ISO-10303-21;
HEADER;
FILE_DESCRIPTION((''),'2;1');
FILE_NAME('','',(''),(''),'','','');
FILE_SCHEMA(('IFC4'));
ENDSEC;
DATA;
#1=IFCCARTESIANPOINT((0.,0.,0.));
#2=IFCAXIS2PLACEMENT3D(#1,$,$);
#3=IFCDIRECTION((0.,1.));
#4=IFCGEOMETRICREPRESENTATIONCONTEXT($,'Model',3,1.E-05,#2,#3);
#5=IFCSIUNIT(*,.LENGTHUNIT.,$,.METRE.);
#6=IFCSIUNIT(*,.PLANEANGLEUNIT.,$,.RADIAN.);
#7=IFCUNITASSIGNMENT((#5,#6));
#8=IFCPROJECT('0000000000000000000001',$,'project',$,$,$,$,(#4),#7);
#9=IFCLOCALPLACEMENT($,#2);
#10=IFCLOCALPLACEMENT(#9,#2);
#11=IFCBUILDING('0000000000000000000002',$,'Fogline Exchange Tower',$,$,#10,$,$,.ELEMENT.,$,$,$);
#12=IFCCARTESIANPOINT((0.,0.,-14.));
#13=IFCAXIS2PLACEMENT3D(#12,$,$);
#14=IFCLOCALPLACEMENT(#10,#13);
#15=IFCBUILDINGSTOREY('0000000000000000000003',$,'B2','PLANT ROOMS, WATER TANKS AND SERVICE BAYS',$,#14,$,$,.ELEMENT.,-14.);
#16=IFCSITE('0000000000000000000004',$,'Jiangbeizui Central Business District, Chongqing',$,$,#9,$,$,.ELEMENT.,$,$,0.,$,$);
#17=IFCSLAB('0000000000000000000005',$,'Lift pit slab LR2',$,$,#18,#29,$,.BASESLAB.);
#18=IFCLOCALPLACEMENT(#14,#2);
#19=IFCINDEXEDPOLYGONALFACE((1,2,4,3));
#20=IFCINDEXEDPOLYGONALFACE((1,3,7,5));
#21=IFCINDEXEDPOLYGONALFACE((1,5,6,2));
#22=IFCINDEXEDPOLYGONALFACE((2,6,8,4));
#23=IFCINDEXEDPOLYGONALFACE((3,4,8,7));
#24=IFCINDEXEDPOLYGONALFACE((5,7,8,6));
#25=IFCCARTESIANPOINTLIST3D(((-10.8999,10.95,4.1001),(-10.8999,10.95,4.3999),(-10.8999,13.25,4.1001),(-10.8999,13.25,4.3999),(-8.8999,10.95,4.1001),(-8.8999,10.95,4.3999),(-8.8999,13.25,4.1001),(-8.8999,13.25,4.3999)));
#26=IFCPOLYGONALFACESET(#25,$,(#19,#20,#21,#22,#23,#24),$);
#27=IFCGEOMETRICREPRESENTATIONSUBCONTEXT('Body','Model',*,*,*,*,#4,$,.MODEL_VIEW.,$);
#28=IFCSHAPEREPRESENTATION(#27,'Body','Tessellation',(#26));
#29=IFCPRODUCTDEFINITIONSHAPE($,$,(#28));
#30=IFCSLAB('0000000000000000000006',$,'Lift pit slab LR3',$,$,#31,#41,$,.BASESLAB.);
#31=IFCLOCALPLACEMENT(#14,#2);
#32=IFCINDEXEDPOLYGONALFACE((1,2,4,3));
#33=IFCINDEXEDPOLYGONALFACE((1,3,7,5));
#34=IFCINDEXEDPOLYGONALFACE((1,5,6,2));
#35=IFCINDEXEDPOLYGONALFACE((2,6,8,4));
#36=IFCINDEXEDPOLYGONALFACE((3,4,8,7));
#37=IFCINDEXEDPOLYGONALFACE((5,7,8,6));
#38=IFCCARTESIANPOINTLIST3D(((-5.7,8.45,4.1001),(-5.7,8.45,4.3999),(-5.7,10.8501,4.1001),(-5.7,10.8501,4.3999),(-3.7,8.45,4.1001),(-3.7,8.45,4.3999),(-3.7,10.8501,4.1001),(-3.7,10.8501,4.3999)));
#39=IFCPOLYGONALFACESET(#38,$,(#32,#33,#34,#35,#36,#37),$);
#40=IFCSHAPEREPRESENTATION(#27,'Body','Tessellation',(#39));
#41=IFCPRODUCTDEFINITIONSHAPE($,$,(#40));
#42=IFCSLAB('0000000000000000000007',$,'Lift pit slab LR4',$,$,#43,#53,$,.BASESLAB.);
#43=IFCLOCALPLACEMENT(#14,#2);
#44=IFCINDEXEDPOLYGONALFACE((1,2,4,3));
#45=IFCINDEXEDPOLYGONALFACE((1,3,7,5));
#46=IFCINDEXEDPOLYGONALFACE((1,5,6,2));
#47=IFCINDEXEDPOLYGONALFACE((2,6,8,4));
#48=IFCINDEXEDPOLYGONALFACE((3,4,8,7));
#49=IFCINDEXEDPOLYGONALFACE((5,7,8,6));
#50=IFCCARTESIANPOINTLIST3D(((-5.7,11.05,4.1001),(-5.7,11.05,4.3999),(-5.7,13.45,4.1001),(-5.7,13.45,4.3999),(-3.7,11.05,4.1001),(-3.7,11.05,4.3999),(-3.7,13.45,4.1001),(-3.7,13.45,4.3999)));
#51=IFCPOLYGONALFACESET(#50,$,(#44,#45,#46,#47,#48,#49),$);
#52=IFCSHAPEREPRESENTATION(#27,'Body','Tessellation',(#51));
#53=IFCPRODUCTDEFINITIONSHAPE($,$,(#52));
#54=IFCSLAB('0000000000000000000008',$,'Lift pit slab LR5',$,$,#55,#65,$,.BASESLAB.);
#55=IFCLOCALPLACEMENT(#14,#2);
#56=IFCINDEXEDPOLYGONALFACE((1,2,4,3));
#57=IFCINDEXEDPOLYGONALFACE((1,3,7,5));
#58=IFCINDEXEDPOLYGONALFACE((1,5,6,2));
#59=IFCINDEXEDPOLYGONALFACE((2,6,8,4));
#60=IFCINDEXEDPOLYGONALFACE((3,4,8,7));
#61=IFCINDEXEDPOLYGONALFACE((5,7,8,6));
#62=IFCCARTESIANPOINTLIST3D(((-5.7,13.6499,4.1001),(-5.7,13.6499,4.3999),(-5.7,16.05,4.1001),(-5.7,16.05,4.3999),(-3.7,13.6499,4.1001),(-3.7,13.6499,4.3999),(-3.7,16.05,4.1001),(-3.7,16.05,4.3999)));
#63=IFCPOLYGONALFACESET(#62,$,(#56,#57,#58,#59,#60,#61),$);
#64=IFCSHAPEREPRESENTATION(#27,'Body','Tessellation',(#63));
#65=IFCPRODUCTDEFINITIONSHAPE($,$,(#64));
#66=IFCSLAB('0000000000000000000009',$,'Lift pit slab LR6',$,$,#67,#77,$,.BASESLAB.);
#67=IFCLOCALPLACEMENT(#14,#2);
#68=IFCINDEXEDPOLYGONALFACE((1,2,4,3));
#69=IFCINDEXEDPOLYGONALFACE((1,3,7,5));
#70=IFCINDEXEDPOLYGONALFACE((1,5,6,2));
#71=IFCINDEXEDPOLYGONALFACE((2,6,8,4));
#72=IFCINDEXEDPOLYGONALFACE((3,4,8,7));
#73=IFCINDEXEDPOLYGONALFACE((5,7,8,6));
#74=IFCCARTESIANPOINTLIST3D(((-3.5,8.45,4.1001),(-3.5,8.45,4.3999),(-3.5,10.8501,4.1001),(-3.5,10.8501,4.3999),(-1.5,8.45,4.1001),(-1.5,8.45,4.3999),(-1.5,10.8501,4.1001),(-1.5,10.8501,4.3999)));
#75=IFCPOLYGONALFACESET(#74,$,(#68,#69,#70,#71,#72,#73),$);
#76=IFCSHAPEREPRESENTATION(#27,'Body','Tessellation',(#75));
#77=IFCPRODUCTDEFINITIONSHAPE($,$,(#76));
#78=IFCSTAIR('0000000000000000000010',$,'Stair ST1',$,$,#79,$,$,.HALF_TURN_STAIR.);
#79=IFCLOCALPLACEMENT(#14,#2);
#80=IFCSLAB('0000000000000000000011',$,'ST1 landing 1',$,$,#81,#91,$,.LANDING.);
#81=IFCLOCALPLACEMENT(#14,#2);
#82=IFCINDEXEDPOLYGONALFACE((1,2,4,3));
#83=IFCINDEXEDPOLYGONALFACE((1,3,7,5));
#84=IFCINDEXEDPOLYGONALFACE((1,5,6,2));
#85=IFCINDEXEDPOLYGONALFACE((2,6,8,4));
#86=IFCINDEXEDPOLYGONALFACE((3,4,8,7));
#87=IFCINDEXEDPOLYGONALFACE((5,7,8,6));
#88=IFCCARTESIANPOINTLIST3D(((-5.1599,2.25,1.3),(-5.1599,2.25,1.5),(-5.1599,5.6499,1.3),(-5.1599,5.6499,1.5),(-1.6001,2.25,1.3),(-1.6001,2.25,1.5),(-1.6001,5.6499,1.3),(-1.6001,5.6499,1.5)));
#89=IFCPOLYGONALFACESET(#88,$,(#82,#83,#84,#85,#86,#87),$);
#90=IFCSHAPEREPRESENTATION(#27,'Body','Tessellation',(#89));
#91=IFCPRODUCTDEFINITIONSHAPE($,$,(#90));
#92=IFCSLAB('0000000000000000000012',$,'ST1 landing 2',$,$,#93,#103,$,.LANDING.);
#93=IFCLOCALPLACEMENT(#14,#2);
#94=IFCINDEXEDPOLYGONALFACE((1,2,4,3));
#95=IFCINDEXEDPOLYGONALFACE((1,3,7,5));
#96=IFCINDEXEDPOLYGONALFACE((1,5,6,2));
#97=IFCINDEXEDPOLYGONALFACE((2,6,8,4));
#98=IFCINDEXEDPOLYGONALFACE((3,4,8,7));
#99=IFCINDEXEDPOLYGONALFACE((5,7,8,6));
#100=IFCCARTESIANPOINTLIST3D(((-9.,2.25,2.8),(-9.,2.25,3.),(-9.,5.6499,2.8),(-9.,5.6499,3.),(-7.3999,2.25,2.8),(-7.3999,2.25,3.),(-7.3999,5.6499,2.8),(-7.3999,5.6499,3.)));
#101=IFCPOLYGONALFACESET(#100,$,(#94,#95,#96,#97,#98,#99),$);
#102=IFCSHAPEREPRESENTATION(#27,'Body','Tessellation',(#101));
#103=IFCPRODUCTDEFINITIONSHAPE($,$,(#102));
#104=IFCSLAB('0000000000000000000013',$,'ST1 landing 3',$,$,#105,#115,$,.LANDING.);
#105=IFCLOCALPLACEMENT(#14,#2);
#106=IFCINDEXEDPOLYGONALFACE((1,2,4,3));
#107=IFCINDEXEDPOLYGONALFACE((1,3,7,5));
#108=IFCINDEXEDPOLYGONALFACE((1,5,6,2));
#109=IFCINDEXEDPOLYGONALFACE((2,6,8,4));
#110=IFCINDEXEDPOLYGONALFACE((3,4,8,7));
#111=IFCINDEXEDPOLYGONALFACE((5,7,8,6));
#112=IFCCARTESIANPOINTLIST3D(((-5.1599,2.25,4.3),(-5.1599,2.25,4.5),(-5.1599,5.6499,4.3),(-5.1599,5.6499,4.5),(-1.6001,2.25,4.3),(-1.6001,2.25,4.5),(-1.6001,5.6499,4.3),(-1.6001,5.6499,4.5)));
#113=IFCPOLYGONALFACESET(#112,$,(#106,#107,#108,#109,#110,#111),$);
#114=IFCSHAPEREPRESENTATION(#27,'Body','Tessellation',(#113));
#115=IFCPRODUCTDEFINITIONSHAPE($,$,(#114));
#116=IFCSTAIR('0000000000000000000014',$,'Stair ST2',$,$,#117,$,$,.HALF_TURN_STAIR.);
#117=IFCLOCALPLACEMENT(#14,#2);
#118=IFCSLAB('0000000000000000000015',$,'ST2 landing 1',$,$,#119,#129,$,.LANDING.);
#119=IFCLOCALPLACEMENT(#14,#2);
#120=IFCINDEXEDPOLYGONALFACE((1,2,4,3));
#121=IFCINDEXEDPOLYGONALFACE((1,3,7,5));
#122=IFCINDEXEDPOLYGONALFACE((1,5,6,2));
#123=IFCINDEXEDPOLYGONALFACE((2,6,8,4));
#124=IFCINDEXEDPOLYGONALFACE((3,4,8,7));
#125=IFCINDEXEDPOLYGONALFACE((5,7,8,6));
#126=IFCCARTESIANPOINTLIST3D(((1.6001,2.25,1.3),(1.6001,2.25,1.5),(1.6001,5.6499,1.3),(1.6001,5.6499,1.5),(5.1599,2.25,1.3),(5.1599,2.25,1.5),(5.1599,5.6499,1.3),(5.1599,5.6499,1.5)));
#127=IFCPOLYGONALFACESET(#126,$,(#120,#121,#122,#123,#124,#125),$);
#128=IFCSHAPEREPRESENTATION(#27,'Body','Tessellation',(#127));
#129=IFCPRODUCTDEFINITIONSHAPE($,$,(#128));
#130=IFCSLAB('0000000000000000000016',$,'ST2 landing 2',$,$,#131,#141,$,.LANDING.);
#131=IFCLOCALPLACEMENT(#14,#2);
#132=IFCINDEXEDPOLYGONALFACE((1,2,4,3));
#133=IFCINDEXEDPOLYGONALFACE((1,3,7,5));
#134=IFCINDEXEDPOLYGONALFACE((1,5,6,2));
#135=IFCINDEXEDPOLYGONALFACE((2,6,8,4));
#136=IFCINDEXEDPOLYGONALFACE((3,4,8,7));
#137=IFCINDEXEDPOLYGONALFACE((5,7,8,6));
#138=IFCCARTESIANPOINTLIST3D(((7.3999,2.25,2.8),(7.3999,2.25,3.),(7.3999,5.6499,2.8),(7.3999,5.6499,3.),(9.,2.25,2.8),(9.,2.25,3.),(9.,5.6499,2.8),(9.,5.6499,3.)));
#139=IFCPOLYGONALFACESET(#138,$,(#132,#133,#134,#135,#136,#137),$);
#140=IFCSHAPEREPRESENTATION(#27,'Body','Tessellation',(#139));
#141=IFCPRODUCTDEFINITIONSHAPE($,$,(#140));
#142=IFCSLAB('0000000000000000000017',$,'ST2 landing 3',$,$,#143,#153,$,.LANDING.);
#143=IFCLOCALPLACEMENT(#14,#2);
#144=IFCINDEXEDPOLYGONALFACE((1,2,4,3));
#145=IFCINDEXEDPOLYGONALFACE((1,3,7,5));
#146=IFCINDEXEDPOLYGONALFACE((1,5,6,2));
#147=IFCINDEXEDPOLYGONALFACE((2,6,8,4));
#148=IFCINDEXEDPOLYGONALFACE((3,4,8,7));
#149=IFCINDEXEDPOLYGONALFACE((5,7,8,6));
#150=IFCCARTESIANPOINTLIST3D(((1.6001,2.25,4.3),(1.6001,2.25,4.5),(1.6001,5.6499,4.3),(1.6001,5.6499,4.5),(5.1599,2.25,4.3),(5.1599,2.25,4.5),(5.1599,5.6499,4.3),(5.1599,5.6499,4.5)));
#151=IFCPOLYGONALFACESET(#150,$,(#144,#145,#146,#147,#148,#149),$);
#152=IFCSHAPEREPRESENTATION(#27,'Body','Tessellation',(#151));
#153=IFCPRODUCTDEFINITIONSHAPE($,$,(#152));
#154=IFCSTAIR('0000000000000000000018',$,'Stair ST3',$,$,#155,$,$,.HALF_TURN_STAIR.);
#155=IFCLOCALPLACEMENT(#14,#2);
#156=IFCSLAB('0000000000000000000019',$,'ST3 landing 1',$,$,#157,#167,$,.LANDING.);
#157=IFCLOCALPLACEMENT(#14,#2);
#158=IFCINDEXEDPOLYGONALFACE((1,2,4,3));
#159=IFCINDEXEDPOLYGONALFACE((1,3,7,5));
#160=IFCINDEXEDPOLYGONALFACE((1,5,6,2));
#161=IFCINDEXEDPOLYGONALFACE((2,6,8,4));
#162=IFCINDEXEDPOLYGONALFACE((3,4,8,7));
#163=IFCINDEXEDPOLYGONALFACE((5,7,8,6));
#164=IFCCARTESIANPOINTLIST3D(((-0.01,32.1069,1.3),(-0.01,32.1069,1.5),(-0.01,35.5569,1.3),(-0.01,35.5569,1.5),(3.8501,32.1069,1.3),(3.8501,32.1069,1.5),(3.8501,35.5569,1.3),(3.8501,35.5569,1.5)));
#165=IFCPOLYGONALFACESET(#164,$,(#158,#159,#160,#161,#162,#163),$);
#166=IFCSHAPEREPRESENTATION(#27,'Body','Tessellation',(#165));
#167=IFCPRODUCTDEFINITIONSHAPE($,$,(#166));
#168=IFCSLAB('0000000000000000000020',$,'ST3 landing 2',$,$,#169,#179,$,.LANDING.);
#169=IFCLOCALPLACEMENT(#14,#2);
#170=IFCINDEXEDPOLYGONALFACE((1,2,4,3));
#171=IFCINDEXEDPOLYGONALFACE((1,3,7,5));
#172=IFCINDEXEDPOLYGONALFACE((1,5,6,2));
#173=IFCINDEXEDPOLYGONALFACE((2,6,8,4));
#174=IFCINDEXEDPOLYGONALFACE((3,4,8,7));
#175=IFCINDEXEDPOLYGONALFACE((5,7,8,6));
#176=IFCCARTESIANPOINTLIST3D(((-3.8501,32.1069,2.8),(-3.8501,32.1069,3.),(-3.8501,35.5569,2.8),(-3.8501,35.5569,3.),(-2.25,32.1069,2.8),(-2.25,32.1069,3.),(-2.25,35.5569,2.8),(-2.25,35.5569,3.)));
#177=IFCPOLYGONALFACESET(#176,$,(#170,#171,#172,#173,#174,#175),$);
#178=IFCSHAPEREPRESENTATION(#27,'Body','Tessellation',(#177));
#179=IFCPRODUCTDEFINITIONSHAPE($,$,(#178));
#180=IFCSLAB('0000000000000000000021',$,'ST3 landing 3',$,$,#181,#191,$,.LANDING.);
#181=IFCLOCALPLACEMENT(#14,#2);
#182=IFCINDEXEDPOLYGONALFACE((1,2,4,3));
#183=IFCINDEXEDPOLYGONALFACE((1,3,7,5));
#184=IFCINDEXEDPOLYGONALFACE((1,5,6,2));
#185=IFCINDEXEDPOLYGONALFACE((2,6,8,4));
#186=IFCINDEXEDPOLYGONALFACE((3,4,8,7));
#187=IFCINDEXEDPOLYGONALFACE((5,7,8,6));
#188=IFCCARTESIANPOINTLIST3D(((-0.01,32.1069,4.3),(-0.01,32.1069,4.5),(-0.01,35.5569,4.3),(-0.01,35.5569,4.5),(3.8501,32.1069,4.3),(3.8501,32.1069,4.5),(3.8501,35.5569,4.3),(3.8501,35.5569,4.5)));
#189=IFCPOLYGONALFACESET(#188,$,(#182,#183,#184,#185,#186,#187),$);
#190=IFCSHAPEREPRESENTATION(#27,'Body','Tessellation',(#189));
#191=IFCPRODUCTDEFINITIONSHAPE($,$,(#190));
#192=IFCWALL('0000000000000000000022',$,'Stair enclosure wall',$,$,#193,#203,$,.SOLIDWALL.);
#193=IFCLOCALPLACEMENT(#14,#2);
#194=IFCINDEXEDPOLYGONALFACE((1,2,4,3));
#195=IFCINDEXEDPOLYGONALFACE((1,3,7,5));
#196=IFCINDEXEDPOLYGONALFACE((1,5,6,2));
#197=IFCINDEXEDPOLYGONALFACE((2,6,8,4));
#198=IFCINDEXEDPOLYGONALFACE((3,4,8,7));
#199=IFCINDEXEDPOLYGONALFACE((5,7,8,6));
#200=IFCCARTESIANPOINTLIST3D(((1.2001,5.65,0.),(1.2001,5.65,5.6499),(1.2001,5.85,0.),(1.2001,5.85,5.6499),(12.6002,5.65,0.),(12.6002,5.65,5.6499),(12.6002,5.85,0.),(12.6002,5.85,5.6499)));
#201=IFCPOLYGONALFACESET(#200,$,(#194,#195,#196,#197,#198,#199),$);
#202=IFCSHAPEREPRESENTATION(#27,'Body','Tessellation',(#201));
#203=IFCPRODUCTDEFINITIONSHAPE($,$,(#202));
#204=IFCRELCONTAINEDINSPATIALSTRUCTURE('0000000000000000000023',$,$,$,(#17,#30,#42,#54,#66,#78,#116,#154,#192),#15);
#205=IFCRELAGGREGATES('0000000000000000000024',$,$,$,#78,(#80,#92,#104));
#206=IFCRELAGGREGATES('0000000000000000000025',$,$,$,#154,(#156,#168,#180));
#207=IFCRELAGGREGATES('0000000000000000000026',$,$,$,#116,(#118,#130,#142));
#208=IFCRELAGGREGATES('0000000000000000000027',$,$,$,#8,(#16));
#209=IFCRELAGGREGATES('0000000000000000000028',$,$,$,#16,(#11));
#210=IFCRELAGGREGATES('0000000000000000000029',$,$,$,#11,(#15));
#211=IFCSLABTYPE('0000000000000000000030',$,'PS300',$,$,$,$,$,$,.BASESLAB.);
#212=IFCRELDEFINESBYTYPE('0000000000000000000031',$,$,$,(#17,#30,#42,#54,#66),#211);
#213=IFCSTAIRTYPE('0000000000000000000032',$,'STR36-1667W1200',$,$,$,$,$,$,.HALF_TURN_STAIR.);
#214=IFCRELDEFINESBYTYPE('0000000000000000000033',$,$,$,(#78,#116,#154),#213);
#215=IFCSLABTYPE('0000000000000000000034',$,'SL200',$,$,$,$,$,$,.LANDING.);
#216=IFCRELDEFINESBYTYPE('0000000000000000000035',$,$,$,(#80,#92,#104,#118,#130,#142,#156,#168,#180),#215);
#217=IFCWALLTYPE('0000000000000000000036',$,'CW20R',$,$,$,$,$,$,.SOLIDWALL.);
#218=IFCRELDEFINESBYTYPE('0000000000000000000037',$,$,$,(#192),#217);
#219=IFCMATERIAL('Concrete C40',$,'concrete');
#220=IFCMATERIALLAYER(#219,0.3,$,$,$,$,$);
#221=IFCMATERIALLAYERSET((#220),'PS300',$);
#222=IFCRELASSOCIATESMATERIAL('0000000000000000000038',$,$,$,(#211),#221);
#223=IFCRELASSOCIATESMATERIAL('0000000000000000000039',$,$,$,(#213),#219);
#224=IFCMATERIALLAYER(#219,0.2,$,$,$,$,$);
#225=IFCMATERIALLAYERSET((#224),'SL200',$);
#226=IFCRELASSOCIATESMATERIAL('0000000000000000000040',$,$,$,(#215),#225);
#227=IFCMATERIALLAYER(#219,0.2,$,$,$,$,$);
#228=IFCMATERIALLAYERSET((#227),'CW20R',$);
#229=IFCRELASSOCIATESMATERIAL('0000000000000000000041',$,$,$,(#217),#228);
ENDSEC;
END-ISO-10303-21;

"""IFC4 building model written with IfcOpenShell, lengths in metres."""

from ifc_helpers import new_model, si_unit, direction, frame, frame_2d, origin, place, context, subcontext, project, spatial, polyline, rectangle, outline, extrude, material, layer, layer_set, type_object, element, aggregate, save


model = new_model("IFC4")

# Units and contexts
model_context = context("Model", 3, precision=1e-05, world=origin(), true_north=direction((0.0, 1.0)))
body_context = subcontext(model_context, "Body", "Model", "MODEL_VIEW")
ifc_project = project(units=[si_unit("LENGTHUNIT", "METRE"), si_unit("PLANEANGLEUNIT", "RADIAN")], contexts=[model_context])

# Site, building, storey
site_placement = place(None, origin())
site = spatial("IfcSite", under=ifc_project, at=site_placement, Name="Jiangbeizui Central Business District, Chongqing", CompositionType="ELEMENT", RefElevation=0.0)
building_placement = place(site_placement, origin())
building = spatial("IfcBuilding", under=site, at=building_placement, Name="Fogline Exchange Tower", CompositionType="ELEMENT")
storey_placement = place(building_placement, frame((0.0, 0.0, -14.0)))
storey = spatial("IfcBuildingStorey", under=building, at=storey_placement, Name="B2", Description="PLANT ROOMS, WATER TANKS AND SERVICE BAYS", CompositionType="ELEMENT", Elevation=-14.0)

# Shared definitions
ifc_material_1 = material(Name="Concrete C40", Category="concrete")

# Slabs
ifc_layer_1 = layer(ifc_material_1, 0.3)
ifc_layer_set_1 = layer_set([ifc_layer_1], Name="PS300")
slab_type_1 = type_object("IfcSlabType", Name="PS300", PredefinedType="BASESLAB", material=ifc_layer_set_1)
slab_1_placement = place(storey_placement, frame((0.0, 0.0, 4.1001)))
element("IfcSlab", 1, at=slab_1_placement, inside=storey, type_object=slab_type_1, Name="Lift pit slab LR2", PredefinedType="BASESLAB", context=body_context, shape_type="SweptSolid", body=[
    extrude(outline(polyline([(-10.8999, 10.95), (-8.8999, 10.95), (-8.8999, 13.25), (-10.8999, 13.25), (-10.8999, 10.95)])), origin(), (0.0, 0.0, 1.0), 0.2998),
])
slab_2_placement = place(storey_placement, frame((0.0, 0.0, 4.1001)))
element("IfcSlab", 2, at=slab_2_placement, inside=storey, type_object=slab_type_1, Name="Lift pit slab LR3", PredefinedType="BASESLAB", context=body_context, shape_type="SweptSolid", body=[
    extrude(outline(polyline([(-5.7, 8.45), (-3.7, 8.45), (-3.7, 10.8501), (-5.7, 10.8501), (-5.7, 8.45)])), origin(), (0.0, 0.0, 1.0), 0.2998),
])
slab_3_placement = place(storey_placement, frame((0.0, 0.0, 4.1001)))
element("IfcSlab", 3, at=slab_3_placement, inside=storey, type_object=slab_type_1, Name="Lift pit slab LR4", PredefinedType="BASESLAB", context=body_context, shape_type="SweptSolid", body=[
    extrude(outline(polyline([(-5.7, 11.05), (-3.7, 11.05), (-3.7, 13.45), (-5.7, 13.45), (-5.7, 11.05)])), origin(), (0.0, 0.0, 1.0), 0.2998),
])
slab_4_placement = place(storey_placement, frame((0.0, 0.0, 4.1001)))
element("IfcSlab", 4, at=slab_4_placement, inside=storey, type_object=slab_type_1, Name="Lift pit slab LR5", PredefinedType="BASESLAB", context=body_context, shape_type="SweptSolid", body=[
    extrude(outline(polyline([(-5.7, 13.6499), (-3.7, 13.6499), (-3.7, 16.05), (-5.7, 16.05), (-5.7, 13.6499)])), origin(), (0.0, 0.0, 1.0), 0.2998),
])
slab_5_placement = place(storey_placement, frame((0.0, 0.0, 4.1001)))
element("IfcSlab", 5, at=slab_5_placement, inside=storey, type_object=slab_type_1, Name="Lift pit slab LR6", PredefinedType="BASESLAB", context=body_context, shape_type="SweptSolid", body=[
    extrude(outline(polyline([(-3.5, 8.45), (-1.5, 8.45), (-1.5, 10.8501), (-3.5, 10.8501), (-3.5, 8.45)])), origin(), (0.0, 0.0, 1.0), 0.2998),
])

# Stairs, slabs
stair_type = type_object("IfcStairType", Name="STR36-1667W1200", PredefinedType="HALF_TURN_STAIR", material=ifc_material_1)
stair_1_placement = place(storey_placement, origin())
stair_1 = element("IfcStair", 6, at=stair_1_placement, inside=storey, type_object=stair_type, Name="Stair ST1", PredefinedType="HALF_TURN_STAIR")
ifc_layer_2 = layer(ifc_material_1, 0.2)
ifc_layer_set_2 = layer_set([ifc_layer_2], Name="SL200")
slab_type_2 = type_object("IfcSlabType", Name="SL200", PredefinedType="LANDING", material=ifc_layer_set_2)
slab_6_placement = place(storey_placement, frame((0.0, 0.0, 1.3)))
slab_6 = element("IfcSlab", 7, at=slab_6_placement, type_object=slab_type_2, Name="ST1 landing 1", PredefinedType="LANDING", context=body_context, shape_type="SweptSolid", body=[
    extrude(outline(polyline([(-5.1599, 2.25), (-1.6001, 2.25), (-1.6001, 5.6499), (-5.1599, 5.6499), (-5.1599, 2.25)])), origin(), (0.0, 0.0, 1.0), 0.2),
])
slab_7_placement = place(storey_placement, frame((0.0, 0.0, 2.8)))
slab_7 = element("IfcSlab", 8, at=slab_7_placement, type_object=slab_type_2, Name="ST1 landing 2", PredefinedType="LANDING", context=body_context, shape_type="SweptSolid", body=[
    extrude(outline(polyline([(-9.0, 2.25), (-7.3999, 2.25), (-7.3999, 5.6499), (-9.0, 5.6499), (-9.0, 2.25)])), origin(), (0.0, 0.0, 1.0), 0.2),
])
slab_8_placement = place(storey_placement, frame((0.0, 0.0, 4.3)))
slab_8 = element("IfcSlab", 9, at=slab_8_placement, type_object=slab_type_2, Name="ST1 landing 3", PredefinedType="LANDING", context=body_context, shape_type="SweptSolid", body=[
    extrude(outline(polyline([(-5.1599, 2.25), (-1.6001, 2.25), (-1.6001, 5.6499), (-5.1599, 5.6499), (-5.1599, 2.25)])), origin(), (0.0, 0.0, 1.0), 0.2),
])
aggregate(stair_1, [slab_6, slab_7, slab_8])
stair_2_placement = place(storey_placement, origin())
stair_2 = element("IfcStair", 10, at=stair_2_placement, inside=storey, type_object=stair_type, Name="Stair ST2", PredefinedType="HALF_TURN_STAIR")
slab_9_placement = place(storey_placement, frame((0.0, 0.0, 1.3)))
slab_9 = element("IfcSlab", 11, at=slab_9_placement, type_object=slab_type_2, Name="ST2 landing 1", PredefinedType="LANDING", context=body_context, shape_type="SweptSolid", body=[
    extrude(outline(polyline([(1.6001, 2.25), (5.1599, 2.25), (5.1599, 5.6499), (1.6001, 5.6499), (1.6001, 2.25)])), origin(), (0.0, 0.0, 1.0), 0.2),
])
slab_10_placement = place(storey_placement, frame((0.0, 0.0, 2.8)))
slab_10 = element("IfcSlab", 12, at=slab_10_placement, type_object=slab_type_2, Name="ST2 landing 2", PredefinedType="LANDING", context=body_context, shape_type="SweptSolid", body=[
    extrude(outline(polyline([(7.3999, 2.25), (9.0, 2.25), (9.0, 5.6499), (7.3999, 5.6499), (7.3999, 2.25)])), origin(), (0.0, 0.0, 1.0), 0.2),
])
slab_11_placement = place(storey_placement, frame((0.0, 0.0, 4.3)))
slab_11 = element("IfcSlab", 13, at=slab_11_placement, type_object=slab_type_2, Name="ST2 landing 3", PredefinedType="LANDING", context=body_context, shape_type="SweptSolid", body=[
    extrude(outline(polyline([(1.6001, 2.25), (5.1599, 2.25), (5.1599, 5.6499), (1.6001, 5.6499), (1.6001, 2.25)])), origin(), (0.0, 0.0, 1.0), 0.2),
])
stair_3_placement = place(storey_placement, origin())
stair_3 = element("IfcStair", 14, at=stair_3_placement, inside=storey, type_object=stair_type, Name="Stair ST3", PredefinedType="HALF_TURN_STAIR")
slab_12_placement = place(storey_placement, frame((0.0, 0.0, 1.3)))
slab_12 = element("IfcSlab", 15, at=slab_12_placement, type_object=slab_type_2, Name="ST3 landing 1", PredefinedType="LANDING", context=body_context, shape_type="SweptSolid", body=[
    extrude(outline(polyline([(-0.01, 32.1069), (3.8501, 32.1069), (3.8501, 35.5569), (-0.01, 35.5569), (-0.01, 32.1069)])), origin(), (0.0, 0.0, 1.0), 0.2),
])
slab_13_placement = place(storey_placement, frame((0.0, 0.0, 2.8)))
slab_13 = element("IfcSlab", 16, at=slab_13_placement, type_object=slab_type_2, Name="ST3 landing 2", PredefinedType="LANDING", context=body_context, shape_type="SweptSolid", body=[
    extrude(outline(polyline([(-3.8501, 32.1069), (-2.25, 32.1069), (-2.25, 35.5569), (-3.8501, 35.5569), (-3.8501, 32.1069)])), origin(), (0.0, 0.0, 1.0), 0.2),
])
slab_14_placement = place(storey_placement, frame((0.0, 0.0, 4.3)))
slab_14 = element("IfcSlab", 17, at=slab_14_placement, type_object=slab_type_2, Name="ST3 landing 3", PredefinedType="LANDING", context=body_context, shape_type="SweptSolid", body=[
    extrude(outline(polyline([(-0.01, 32.1069), (3.8501, 32.1069), (3.8501, 35.5569), (-0.01, 35.5569), (-0.01, 32.1069)])), origin(), (0.0, 0.0, 1.0), 0.2),
])
aggregate(stair_3, [slab_12, slab_13, slab_14])

# Wall
ifc_layer_3 = layer(ifc_material_1, 0.2)
ifc_layer_set_3 = layer_set([ifc_layer_3], Name="CW20R")
wall_type_1 = type_object("IfcWallType", Name="CW20R", PredefinedType="SOLIDWALL", material=ifc_layer_set_3)
wall_1_placement = place(storey_placement, frame((1.2, 5.75, 0.0), z_axis=(0.0, 0.0, 1.0), x_axis=(1.0, 0.0, 0.0)))
element("IfcWall", 18, at=wall_1_placement, inside=storey, type_object=wall_type_1, Name="Stair enclosure wall", PredefinedType="SOLIDWALL", context=body_context, shape_type="SweptSolid", body=[
    extrude(rectangle(XDim=11.4001, YDim=0.2, at=frame_2d((5.7002, 0.0))), origin(), (0.0, 0.0, 1.0), 5.6499),
])

aggregate(stair_2, [slab_9, slab_10, slab_11])

save(model, "model.ifc")
